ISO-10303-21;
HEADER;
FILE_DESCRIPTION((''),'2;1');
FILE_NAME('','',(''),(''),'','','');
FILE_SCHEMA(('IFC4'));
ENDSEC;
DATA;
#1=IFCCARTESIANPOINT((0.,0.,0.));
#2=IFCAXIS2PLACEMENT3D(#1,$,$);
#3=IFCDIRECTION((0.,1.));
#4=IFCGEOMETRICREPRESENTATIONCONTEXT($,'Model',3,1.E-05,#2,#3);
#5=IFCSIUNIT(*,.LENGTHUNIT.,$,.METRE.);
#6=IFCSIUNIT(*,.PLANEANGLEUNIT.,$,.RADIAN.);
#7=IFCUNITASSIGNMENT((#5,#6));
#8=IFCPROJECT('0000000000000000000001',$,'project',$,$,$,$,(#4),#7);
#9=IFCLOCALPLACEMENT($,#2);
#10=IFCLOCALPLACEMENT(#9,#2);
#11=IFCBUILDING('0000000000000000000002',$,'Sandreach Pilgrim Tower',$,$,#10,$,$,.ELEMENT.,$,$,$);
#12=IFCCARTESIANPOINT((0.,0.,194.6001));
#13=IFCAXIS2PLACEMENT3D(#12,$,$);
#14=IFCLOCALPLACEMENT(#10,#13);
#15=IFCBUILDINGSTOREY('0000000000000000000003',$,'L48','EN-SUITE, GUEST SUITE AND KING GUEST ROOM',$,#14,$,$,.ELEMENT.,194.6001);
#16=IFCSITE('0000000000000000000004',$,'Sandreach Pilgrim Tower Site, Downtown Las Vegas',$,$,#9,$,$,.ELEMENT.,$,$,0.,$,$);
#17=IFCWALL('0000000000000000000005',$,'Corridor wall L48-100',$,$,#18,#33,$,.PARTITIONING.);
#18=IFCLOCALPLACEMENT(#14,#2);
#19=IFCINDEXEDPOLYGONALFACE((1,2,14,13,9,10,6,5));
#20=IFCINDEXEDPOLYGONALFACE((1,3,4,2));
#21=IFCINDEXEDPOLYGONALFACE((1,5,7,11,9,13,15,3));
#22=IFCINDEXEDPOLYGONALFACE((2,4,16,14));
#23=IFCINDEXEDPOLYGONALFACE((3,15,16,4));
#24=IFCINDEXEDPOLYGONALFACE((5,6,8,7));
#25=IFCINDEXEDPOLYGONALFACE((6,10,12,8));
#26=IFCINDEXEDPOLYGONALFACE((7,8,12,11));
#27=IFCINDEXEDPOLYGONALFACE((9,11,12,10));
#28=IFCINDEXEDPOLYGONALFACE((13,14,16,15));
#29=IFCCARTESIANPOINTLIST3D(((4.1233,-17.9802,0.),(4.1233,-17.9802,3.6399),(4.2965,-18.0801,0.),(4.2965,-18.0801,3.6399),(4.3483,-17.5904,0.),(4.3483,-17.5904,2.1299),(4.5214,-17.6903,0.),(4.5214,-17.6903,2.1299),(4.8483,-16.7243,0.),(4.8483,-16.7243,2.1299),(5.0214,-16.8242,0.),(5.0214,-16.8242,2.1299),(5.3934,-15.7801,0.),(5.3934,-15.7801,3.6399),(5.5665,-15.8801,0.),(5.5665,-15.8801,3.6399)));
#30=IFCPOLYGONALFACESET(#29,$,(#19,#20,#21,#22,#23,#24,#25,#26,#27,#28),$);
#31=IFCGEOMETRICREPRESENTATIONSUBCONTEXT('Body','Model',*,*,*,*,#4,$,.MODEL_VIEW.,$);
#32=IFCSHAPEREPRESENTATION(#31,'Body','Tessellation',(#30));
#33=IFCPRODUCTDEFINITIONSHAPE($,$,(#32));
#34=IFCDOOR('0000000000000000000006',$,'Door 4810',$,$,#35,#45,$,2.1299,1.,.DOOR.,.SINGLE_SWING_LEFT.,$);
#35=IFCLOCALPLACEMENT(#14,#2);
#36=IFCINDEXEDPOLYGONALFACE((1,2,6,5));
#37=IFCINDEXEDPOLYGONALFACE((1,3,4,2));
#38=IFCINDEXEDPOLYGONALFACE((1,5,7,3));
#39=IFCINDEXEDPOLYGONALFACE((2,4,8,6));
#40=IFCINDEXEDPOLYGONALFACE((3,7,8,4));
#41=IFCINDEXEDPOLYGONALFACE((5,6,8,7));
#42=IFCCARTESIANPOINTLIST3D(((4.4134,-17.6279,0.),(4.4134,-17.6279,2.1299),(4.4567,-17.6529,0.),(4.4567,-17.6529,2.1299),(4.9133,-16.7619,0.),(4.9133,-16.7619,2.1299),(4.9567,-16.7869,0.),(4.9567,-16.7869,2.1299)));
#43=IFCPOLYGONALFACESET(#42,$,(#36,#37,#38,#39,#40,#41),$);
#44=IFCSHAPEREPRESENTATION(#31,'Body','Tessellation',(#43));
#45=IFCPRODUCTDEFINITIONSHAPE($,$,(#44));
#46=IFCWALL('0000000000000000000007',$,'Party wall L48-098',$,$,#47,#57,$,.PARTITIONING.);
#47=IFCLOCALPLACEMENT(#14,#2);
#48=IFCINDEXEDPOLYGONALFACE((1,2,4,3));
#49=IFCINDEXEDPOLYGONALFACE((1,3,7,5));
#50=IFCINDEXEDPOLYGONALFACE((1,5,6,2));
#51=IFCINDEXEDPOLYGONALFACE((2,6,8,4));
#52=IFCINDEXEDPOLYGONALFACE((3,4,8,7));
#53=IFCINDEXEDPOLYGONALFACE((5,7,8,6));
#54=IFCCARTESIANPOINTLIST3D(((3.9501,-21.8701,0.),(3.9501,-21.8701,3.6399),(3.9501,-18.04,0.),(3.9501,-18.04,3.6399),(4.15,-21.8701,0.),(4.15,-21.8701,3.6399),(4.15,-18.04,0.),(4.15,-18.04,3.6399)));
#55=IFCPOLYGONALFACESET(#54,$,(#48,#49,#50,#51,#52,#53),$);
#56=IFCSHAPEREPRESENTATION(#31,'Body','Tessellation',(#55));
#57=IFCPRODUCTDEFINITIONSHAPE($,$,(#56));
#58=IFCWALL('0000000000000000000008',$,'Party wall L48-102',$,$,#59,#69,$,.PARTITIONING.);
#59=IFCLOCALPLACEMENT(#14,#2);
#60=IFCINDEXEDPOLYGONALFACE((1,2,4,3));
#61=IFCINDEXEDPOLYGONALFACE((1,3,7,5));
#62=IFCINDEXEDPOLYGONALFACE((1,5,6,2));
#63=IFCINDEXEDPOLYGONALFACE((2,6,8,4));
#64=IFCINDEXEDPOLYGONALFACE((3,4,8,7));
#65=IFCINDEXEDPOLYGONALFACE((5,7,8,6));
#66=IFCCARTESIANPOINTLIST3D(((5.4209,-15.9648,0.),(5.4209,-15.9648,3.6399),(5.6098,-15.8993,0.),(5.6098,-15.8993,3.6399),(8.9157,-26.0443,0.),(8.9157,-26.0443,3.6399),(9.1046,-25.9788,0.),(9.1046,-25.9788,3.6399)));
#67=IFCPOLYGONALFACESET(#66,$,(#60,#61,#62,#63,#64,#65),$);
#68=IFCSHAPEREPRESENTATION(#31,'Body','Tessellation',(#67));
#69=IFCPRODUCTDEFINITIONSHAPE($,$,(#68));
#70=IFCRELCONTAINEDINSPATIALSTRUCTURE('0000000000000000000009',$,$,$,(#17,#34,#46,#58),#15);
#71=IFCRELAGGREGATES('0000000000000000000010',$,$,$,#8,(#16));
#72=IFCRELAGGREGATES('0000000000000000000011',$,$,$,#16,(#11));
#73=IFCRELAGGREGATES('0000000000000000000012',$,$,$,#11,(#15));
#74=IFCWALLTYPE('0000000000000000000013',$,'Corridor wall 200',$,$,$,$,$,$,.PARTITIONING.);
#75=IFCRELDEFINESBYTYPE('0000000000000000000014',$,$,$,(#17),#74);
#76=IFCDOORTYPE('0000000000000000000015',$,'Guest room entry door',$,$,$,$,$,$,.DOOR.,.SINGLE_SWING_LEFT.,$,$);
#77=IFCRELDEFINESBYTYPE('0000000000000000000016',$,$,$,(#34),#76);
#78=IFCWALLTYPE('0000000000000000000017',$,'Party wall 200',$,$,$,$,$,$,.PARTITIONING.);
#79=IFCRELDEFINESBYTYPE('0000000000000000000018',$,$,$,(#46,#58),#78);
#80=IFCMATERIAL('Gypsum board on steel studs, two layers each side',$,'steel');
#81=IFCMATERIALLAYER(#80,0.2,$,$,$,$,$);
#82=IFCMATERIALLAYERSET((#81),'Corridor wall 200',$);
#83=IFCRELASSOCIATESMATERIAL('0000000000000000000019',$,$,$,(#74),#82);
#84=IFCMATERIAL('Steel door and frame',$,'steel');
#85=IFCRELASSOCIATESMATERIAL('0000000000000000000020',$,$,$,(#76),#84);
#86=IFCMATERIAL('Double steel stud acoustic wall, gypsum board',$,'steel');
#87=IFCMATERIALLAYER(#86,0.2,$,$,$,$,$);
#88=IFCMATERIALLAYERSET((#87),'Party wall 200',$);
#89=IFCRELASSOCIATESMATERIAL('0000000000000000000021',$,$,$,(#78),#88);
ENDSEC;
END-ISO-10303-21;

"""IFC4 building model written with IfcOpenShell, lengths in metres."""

from ifc_helpers import new_model, si_unit, direction, frame, frame_2d, origin, place, context, subcontext, project, spatial, rectangle, extrude, material, layer, layer_set, type_object, element, fill, save


model = new_model("IFC4")

# Units and contexts
model_context = context("Model", 3, precision=1e-05, world=origin(), true_north=direction((0.0, 1.0)))
body_context = subcontext(model_context, "Body", "Model", "MODEL_VIEW")
ifc_project = project(units=[si_unit("LENGTHUNIT", "METRE"), si_unit("PLANEANGLEUNIT", "RADIAN")], contexts=[model_context])

# Site, building, storey
site_placement = place(None, origin())
site = spatial("IfcSite", under=ifc_project, at=site_placement, Name="Sandreach Pilgrim Tower Site, Downtown Las Vegas", CompositionType="ELEMENT", RefElevation=0.0)
building_placement = place(site_placement, origin())
building = spatial("IfcBuilding", under=site, at=building_placement, Name="Sandreach Pilgrim Tower", CompositionType="ELEMENT")
storey_placement = place(building_placement, frame((0.0, 0.0, 194.6001)))
storey = spatial("IfcBuildingStorey", under=building, at=storey_placement, Name="L48", Description="EN-SUITE, GUEST SUITE AND KING GUEST ROOM", CompositionType="ELEMENT", Elevation=194.6001)

# Shared definitions
ifc_material_1 = material(Name="Gypsum board on steel studs, two layers each side", Category="steel")
ifc_layer_1 = layer(ifc_material_1, 0.2)
ifc_layer_set_1 = layer_set([ifc_layer_1], Name="Corridor wall 200")
wall_type_1 = type_object("IfcWallType", Name="Corridor wall 200", PredefinedType="PARTITIONING", material=ifc_layer_set_1)
ifc_material_2 = material(Name="Steel door and frame", Category="steel")
door_type_1 = type_object("IfcDoorType", Name="Guest room entry door", OperationType="SINGLE_SWING_LEFT", PredefinedType="DOOR", material=ifc_material_2)

# Wall, opening, door
wall_1_placement = place(storey_placement, frame((4.21, -18.03, 0.0), z_axis=(0.0, 0.0, 1.0), x_axis=(0.499964, 0.866046, 0.0)))
wall_1 = element("IfcWall", 1, at=wall_1_placement, inside=storey, type_object=wall_type_1, Name="Corridor wall L48-100", PredefinedType="PARTITIONING", context=body_context, shape_type="SweptSolid", body=[
    extrude(rectangle(XDim=2.5403, YDim=0.2, at=frame_2d((1.27, 0.0))), origin(), (0.0, 0.0, 1.0), 3.6399),
])
opening_1_placement = place(wall_1_placement, frame((0.45, 0.0, 0.0)))
opening_1 = element("IfcOpeningElement", 2, at=opening_1_placement, cuts=wall_1, PredefinedType="OPENING", context=body_context, shape_type="SweptSolid", body=[
    extrude(rectangle(XDim=1.0, YDim=2.1299, at=frame_2d((0.5, 1.0649))), frame((0.0, 0.1001, 0.0), z_axis=(0.0, -1.0, 0.0), x_axis=(1.0, 0.0, 0.0)), (0.0, 0.0, 1.0), 0.2),
])
door_1_placement = place(opening_1_placement, origin())
door_1 = element("IfcDoor", 3, at=door_1_placement, inside=storey, type_object=door_type_1, Name="Door 4810", OperationType="SINGLE_SWING_LEFT", OverallHeight=2.1299, OverallWidth=1.0, PredefinedType="DOOR", context=body_context, shape_type="SweptSolid", body=[
    extrude(rectangle(XDim=1.0, YDim=2.1299, at=frame_2d((0.5, 1.0649))), frame((0.0, 0.0249, 0.0), z_axis=(0.0, -1.0, 0.0), x_axis=(1.0, 0.0, 0.0)), (0.0, 0.0, 1.0), 0.05),
])
fill(opening_1, door_1)

# Walls
ifc_material_3 = material(Name="Double steel stud acoustic wall, gypsum board", Category="steel")
ifc_layer_2 = layer(ifc_material_3, 0.2)
ifc_layer_set_2 = layer_set([ifc_layer_2], Name="Party wall 200")
wall_type_2 = type_object("IfcWallType", Name="Party wall 200", PredefinedType="PARTITIONING", material=ifc_layer_set_2)
wall_2_placement = place(storey_placement, frame((4.05, -21.8701, 0.0), z_axis=(0.0, 0.0, 1.0), x_axis=(0.0, 1.0, 0.0)))
element("IfcWall", 4, at=wall_2_placement, inside=storey, type_object=wall_type_2, Name="Party wall L48-098", PredefinedType="PARTITIONING", context=body_context, shape_type="SweptSolid", body=[
    extrude(rectangle(XDim=3.8301, YDim=0.2, at=frame_2d((1.915, 0.0))), origin(), (0.0, 0.0, 1.0), 3.6399),
])
wall_3_placement = place(storey_placement, frame((5.5154, -15.9321, 0.0), z_axis=(0.0, 0.0, 1.0), x_axis=(0.327595, -0.944818, 0.0)))
element("IfcWall", 5, at=wall_3_placement, inside=storey, type_object=wall_type_2, Name="Party wall L48-102", PredefinedType="PARTITIONING", context=body_context, shape_type="SweptSolid", body=[
    extrude(rectangle(XDim=10.6682, YDim=0.2, at=frame_2d((5.334, 0.0))), origin(), (0.0, 0.0, 1.0), 3.6399),
])

save(model, "model.ifc")
